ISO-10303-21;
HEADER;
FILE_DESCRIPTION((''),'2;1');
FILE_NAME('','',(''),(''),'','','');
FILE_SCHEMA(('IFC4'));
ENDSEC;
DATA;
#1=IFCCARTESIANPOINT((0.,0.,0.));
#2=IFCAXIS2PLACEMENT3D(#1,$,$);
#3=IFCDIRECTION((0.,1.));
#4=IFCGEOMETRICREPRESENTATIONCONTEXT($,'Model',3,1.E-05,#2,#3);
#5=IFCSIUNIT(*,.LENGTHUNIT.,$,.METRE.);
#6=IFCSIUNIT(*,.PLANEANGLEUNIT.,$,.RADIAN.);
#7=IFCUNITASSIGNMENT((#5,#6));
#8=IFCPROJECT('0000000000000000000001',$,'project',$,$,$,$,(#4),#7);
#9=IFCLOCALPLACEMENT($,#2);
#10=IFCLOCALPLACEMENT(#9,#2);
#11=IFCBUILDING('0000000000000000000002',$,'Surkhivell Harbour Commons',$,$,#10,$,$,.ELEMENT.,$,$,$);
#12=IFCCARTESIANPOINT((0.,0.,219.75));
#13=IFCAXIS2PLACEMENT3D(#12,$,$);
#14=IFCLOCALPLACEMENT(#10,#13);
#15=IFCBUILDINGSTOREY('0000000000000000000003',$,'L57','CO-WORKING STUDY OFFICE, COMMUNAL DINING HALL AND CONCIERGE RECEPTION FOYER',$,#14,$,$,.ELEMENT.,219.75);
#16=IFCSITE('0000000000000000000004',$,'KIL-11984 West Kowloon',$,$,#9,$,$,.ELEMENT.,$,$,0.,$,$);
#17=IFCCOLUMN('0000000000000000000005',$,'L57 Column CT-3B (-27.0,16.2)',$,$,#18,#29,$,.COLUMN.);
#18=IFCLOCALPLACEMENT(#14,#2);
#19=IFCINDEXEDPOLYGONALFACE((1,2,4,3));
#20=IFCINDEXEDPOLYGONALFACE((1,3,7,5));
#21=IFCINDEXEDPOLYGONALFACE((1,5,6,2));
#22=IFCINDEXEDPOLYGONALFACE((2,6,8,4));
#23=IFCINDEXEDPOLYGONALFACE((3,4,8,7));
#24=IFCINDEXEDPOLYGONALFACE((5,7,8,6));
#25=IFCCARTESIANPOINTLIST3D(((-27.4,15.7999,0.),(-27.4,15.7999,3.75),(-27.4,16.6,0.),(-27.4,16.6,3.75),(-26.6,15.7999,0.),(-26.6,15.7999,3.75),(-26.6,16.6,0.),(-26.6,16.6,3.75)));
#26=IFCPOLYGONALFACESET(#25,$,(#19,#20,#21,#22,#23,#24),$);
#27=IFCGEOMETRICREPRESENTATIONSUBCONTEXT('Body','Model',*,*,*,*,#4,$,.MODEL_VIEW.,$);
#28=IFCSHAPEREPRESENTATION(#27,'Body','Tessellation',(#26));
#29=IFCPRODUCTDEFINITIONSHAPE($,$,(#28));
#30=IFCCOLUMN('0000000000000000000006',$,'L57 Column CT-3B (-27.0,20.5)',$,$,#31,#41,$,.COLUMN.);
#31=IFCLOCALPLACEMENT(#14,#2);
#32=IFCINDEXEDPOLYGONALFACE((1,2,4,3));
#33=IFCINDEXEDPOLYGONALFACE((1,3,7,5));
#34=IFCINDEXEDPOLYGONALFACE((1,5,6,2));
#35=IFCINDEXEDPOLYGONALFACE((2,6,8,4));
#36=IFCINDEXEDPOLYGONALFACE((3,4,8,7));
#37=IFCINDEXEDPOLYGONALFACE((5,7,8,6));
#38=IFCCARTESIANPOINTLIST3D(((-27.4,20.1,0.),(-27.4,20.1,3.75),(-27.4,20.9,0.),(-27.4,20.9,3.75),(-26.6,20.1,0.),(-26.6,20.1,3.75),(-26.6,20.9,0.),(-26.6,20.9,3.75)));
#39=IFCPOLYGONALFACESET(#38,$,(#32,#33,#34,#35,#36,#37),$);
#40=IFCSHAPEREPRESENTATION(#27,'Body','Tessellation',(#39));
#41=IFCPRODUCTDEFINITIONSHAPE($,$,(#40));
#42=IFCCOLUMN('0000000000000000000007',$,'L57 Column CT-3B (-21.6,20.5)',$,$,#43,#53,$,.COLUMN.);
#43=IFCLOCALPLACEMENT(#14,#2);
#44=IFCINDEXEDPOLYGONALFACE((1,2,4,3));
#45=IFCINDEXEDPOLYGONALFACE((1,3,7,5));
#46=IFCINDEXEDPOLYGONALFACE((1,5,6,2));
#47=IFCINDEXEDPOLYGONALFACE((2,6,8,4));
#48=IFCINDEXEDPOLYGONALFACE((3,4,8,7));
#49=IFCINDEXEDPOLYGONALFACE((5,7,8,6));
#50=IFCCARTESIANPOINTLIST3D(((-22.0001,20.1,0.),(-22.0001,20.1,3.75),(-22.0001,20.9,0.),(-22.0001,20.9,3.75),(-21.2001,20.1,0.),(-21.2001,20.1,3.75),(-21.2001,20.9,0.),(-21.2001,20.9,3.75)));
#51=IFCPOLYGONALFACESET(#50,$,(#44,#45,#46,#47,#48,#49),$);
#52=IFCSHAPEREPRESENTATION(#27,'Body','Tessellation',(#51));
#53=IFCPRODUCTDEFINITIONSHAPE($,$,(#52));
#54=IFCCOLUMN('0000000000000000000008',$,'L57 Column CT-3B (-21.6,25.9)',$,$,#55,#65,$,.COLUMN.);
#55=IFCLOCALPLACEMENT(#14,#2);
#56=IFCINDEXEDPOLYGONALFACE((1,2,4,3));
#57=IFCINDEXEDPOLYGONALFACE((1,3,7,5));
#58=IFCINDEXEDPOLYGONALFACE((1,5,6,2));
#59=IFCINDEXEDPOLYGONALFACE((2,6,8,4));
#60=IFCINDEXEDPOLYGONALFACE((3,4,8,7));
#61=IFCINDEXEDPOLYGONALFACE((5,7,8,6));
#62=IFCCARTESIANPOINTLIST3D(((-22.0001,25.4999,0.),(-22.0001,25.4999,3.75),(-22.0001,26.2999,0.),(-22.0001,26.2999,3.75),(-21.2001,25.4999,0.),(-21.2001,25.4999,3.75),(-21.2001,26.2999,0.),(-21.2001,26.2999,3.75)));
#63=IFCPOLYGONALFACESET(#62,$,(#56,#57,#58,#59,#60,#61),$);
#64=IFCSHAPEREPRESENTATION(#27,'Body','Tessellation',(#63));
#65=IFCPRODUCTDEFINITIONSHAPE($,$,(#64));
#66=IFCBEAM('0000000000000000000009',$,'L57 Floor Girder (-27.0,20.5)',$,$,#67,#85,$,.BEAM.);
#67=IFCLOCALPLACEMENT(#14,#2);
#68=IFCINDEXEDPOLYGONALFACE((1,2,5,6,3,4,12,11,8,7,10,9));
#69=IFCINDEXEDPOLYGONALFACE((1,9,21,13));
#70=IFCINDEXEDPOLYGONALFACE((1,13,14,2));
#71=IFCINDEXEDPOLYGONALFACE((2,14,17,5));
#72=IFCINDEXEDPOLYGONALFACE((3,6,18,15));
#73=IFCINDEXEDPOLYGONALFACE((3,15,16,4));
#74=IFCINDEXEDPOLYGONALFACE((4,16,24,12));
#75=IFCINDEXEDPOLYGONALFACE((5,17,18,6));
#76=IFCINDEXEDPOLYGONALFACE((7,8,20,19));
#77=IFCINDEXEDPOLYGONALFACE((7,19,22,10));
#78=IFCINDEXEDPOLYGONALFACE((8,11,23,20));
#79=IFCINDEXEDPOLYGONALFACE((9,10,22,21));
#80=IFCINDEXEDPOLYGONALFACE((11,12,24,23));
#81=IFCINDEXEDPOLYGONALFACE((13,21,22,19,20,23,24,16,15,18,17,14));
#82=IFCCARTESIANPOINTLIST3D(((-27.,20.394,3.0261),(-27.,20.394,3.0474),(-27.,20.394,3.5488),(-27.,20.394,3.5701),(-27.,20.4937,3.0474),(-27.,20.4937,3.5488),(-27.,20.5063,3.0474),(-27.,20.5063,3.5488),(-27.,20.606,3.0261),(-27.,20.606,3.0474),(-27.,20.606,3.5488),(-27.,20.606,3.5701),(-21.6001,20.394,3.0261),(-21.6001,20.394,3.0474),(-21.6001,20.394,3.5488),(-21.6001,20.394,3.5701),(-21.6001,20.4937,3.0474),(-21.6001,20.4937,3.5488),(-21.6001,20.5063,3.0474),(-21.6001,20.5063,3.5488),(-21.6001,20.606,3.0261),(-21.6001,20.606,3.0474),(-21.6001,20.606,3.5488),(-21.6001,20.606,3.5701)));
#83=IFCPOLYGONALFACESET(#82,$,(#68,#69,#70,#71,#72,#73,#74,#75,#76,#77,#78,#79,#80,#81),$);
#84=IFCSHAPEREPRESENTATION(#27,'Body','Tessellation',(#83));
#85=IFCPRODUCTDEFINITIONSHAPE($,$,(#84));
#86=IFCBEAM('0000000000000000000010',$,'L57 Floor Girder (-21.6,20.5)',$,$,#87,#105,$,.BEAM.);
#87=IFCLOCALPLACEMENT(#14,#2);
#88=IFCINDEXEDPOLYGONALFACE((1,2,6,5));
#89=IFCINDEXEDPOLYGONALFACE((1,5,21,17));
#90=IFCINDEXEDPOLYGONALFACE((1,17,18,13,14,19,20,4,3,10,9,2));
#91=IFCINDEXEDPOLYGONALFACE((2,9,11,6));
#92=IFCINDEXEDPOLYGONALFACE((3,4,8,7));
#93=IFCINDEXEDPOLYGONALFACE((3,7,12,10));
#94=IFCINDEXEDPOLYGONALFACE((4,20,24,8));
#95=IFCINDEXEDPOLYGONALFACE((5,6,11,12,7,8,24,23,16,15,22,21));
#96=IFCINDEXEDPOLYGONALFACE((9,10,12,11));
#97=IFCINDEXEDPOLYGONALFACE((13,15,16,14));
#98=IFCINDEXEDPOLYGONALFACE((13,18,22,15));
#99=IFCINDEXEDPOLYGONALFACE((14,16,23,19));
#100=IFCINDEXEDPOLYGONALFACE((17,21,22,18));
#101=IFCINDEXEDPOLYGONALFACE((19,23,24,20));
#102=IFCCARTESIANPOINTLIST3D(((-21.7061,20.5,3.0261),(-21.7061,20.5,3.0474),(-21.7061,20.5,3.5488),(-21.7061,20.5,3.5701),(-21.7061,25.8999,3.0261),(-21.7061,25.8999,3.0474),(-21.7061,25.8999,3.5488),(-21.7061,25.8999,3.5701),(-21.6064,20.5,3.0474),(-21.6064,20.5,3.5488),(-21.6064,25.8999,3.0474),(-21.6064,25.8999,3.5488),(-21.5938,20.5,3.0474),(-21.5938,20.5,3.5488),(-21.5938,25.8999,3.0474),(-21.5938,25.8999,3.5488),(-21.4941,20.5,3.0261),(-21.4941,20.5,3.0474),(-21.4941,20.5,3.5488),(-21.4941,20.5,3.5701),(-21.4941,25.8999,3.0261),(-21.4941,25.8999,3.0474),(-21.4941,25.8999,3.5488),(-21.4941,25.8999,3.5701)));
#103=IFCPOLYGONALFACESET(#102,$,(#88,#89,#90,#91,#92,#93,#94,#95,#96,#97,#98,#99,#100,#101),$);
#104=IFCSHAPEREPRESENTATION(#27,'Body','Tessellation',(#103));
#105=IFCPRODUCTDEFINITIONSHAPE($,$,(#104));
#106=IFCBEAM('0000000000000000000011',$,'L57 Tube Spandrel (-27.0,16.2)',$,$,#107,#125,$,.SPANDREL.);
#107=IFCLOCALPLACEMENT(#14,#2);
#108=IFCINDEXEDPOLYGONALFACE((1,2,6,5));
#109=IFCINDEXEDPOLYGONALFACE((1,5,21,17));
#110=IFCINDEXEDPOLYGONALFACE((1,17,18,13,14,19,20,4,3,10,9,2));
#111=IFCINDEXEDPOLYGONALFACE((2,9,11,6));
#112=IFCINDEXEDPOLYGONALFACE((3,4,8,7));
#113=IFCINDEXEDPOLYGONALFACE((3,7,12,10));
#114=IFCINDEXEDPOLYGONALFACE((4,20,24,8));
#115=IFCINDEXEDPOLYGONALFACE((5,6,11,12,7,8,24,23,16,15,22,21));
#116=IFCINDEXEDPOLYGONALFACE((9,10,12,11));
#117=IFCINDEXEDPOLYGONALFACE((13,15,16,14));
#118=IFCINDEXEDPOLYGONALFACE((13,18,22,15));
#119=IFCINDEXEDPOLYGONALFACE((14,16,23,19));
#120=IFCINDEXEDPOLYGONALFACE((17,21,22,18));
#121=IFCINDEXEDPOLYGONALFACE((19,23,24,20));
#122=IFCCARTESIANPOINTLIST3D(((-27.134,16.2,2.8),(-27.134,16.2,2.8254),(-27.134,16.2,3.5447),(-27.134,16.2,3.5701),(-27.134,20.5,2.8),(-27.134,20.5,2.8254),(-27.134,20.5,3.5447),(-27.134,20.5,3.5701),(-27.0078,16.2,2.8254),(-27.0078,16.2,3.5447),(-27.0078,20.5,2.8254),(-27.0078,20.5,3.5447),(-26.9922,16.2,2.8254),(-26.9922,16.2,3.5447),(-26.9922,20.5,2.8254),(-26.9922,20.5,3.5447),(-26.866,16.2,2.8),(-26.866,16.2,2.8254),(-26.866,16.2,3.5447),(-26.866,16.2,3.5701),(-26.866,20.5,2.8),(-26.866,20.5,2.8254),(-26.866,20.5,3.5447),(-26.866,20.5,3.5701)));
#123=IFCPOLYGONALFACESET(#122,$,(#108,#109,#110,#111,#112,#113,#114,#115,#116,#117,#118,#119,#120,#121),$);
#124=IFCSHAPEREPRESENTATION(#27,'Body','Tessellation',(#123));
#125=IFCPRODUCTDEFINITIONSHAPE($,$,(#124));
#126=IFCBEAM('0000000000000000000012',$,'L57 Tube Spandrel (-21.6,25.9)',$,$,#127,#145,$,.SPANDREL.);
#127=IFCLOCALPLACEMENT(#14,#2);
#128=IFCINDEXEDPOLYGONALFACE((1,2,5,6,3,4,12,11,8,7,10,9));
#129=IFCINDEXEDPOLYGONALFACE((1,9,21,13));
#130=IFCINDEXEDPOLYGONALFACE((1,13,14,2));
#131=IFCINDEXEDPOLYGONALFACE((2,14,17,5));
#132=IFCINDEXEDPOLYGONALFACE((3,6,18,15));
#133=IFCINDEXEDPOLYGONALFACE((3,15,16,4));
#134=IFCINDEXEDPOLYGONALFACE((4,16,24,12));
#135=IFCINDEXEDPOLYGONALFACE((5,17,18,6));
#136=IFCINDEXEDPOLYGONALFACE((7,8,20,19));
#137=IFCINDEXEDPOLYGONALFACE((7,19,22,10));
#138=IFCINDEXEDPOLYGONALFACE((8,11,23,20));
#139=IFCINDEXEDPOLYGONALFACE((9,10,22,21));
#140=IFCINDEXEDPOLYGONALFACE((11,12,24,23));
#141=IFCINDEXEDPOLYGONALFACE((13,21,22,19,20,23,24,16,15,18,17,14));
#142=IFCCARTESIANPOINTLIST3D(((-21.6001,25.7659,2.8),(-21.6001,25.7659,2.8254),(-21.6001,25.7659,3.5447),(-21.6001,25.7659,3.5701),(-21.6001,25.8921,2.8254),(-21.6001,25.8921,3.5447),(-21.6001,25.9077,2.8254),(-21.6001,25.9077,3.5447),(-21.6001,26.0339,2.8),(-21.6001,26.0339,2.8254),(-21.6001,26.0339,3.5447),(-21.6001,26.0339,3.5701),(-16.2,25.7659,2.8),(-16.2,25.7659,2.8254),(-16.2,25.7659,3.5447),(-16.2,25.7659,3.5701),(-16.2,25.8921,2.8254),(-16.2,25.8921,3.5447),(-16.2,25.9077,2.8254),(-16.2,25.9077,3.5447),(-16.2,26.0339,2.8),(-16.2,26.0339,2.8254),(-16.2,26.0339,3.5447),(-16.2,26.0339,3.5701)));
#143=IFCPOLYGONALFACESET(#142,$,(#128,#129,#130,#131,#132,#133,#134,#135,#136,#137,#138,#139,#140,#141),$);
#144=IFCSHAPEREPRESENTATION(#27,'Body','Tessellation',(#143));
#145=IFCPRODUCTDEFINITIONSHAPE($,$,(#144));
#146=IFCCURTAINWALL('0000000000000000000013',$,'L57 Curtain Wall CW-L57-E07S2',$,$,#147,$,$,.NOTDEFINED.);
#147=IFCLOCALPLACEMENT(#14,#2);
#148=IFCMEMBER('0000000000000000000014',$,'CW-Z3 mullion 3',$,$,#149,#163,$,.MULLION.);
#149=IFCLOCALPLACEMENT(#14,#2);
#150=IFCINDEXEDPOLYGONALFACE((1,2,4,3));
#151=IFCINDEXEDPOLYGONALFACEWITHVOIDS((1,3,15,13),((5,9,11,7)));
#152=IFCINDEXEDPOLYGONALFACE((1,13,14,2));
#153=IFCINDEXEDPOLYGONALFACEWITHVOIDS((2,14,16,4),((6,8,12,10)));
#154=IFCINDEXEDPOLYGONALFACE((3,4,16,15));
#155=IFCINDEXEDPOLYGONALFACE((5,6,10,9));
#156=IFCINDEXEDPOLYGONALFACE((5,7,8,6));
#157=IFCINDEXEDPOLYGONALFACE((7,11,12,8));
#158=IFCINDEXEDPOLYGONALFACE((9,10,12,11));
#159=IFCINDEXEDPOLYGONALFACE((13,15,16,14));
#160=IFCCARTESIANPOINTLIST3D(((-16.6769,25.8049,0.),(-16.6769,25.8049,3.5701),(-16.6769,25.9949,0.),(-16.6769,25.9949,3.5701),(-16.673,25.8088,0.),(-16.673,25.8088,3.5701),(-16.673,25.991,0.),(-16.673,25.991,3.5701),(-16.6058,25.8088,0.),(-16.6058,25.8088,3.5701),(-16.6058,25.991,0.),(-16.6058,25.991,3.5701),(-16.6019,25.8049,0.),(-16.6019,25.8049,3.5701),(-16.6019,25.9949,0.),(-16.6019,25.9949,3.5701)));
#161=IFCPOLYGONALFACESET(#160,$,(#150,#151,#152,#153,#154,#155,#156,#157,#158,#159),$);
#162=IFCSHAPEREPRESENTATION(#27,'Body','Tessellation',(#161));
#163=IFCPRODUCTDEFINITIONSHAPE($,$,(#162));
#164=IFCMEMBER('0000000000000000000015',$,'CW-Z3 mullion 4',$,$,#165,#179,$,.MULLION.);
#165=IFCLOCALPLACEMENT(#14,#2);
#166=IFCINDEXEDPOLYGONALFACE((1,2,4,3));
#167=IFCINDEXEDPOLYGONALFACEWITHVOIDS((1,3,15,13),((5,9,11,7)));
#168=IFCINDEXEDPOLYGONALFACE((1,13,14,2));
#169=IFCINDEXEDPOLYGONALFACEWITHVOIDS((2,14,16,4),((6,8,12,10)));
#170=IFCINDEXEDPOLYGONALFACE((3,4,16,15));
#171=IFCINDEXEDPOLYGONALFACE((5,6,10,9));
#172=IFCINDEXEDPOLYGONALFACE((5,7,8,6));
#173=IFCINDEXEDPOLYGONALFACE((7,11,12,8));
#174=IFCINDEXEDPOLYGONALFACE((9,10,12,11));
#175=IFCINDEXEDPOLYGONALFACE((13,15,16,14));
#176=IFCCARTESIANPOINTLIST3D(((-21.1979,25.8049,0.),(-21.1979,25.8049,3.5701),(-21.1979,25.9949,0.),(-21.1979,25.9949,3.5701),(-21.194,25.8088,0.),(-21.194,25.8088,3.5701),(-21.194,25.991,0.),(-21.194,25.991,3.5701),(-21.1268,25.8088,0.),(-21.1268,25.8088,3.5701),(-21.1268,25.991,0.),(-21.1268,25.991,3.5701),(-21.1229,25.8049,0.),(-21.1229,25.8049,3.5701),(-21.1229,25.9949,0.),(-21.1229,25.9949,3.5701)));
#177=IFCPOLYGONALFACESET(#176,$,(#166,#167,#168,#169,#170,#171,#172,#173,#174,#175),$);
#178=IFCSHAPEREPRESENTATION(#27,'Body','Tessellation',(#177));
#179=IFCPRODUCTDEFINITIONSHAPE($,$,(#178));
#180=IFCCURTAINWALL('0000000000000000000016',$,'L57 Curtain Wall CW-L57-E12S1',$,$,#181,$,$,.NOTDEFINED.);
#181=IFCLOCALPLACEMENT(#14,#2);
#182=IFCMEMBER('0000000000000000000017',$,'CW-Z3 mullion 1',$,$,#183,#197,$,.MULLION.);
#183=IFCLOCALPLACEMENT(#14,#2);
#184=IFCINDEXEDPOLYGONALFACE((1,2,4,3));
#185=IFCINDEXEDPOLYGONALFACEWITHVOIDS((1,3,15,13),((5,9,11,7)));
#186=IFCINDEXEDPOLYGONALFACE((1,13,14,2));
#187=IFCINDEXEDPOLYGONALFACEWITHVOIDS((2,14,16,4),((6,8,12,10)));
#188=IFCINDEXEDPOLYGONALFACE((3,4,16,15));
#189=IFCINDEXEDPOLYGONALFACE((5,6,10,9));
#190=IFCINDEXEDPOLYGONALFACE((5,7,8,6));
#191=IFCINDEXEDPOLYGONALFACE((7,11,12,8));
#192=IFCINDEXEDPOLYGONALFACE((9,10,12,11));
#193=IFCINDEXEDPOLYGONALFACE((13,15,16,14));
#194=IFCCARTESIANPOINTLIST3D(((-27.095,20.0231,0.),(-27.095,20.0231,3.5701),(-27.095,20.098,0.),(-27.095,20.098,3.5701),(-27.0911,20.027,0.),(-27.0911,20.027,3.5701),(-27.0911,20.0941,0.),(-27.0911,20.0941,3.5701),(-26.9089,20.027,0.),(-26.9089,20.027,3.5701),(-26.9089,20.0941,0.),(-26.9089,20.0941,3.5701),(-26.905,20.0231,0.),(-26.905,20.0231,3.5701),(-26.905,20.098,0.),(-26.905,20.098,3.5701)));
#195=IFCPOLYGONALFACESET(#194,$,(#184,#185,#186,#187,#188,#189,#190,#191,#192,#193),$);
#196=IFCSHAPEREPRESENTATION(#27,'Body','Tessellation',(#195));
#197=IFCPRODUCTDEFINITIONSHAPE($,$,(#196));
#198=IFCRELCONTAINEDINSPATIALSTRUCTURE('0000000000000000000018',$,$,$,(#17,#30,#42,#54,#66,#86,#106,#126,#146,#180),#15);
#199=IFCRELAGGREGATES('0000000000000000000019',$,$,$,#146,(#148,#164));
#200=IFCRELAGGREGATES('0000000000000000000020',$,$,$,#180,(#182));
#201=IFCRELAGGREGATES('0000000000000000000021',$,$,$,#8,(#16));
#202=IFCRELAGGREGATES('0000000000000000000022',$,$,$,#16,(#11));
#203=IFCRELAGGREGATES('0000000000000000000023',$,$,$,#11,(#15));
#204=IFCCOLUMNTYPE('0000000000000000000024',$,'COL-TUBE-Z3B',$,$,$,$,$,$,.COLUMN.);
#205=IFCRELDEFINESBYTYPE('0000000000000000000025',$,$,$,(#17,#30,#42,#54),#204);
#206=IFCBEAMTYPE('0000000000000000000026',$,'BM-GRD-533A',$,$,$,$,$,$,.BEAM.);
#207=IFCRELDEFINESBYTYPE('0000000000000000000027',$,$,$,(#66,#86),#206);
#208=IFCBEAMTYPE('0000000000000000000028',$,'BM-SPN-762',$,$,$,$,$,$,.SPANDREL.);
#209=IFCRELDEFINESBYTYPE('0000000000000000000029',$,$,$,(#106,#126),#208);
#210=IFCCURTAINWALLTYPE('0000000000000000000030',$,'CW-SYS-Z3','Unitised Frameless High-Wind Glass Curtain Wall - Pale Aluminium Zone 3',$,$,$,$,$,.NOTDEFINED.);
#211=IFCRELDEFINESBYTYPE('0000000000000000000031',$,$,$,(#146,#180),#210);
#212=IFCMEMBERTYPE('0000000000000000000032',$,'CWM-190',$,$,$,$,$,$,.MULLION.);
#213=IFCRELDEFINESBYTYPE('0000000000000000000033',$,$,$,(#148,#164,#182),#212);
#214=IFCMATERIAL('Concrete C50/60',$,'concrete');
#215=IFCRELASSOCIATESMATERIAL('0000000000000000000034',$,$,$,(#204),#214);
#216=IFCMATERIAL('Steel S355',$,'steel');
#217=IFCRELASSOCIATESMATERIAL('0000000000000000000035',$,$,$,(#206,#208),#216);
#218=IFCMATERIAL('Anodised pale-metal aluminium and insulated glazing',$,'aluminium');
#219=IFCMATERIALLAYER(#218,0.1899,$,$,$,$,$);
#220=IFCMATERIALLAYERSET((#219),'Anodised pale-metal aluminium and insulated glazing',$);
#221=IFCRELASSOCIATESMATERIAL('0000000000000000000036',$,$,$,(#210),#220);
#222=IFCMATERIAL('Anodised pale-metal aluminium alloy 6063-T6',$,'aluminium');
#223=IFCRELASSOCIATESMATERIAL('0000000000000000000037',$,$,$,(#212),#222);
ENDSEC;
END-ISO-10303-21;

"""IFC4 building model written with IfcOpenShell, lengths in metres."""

from ifc_helpers import new_model, si_unit, direction, frame, origin, origin_2d, place, context, subcontext, project, spatial, rectangle, hollow_rectangle, i_section, extrude, material, layer, layer_set, material_profile, profile_set, type_object, element, aggregate, save


model = new_model("IFC4")

# Units and contexts
model_context = context("Model", 3, precision=1e-05, world=origin(), true_north=direction((0.0, 1.0)))
body_context = subcontext(model_context, "Body", "Model", "MODEL_VIEW")
ifc_project = project(units=[si_unit("LENGTHUNIT", "METRE"), si_unit("PLANEANGLEUNIT", "RADIAN")], contexts=[model_context])

# Site, building, storey
site_placement = place(None, origin())
site = spatial("IfcSite", under=ifc_project, at=site_placement, Name="KIL-11984 West Kowloon", CompositionType="ELEMENT", RefElevation=0.0)
building_placement = place(site_placement, origin())
building = spatial("IfcBuilding", under=site, at=building_placement, Name="Surkhivell Harbour Commons", CompositionType="ELEMENT")
storey_placement = place(building_placement, frame((0.0, 0.0, 219.75)))
storey = spatial("IfcBuildingStorey", under=building, at=storey_placement, Name="L57", Description="CO-WORKING STUDY OFFICE, COMMUNAL DINING HALL AND CONCIERGE RECEPTION FOYER", CompositionType="ELEMENT", Elevation=219.75)

# Columns
ifc_material_1 = material(Name="Concrete C50/60", Category="concrete")
ifc_material_profile_1 = material_profile(ifc_material_1, rectangle(XDim=0.8, YDim=0.8, at=origin_2d()), Name="RC-COL-800x800")
ifc_profile_set_1 = profile_set([ifc_material_profile_1], Name="Concrete C50/60")
column_type = type_object("IfcColumnType", Name="COL-TUBE-Z3B", PredefinedType="COLUMN", material=ifc_profile_set_1)
for number, where, z_axis, x_axis, name in (
    (1, (-27.0, 16.2, 0.0), (0.0, 0.0, 1.0), (1.0, 0.0, 0.0), "L57 Column CT-3B (-27.0,16.2)"),
    (2, (-27.0, 20.5, 0.0), (0.0, 0.0, 1.0), (1.0, 0.0, 0.0), "L57 Column CT-3B (-27.0,20.5)"),
    (3, (-21.6001, 20.5, 0.0), (0.0, 0.0, 1.0), (1.0, 0.0, 0.0), "L57 Column CT-3B (-21.6,20.5)"),
    (4, (-21.6001, 25.8999, 0.0), (0.0, 0.0, 1.0), (1.0, 0.0, 0.0), "L57 Column CT-3B (-21.6,25.9)"),
):
    element("IfcColumn", number, at=place(storey_placement, frame(where, z_axis=z_axis, x_axis=x_axis)), inside=storey, type_object=column_type, Name=name, PredefinedType="COLUMN", context=body_context, shape_type="SweptSolid", body=[
        extrude(rectangle(XDim=0.8, YDim=0.8, at=origin_2d()), origin(), (0.0, 0.0, 1.0), 3.75),
    ])

# Beams
ifc_material_2 = material(Name="Steel S355", Category="steel")
ifc_material_profile_2 = material_profile(ifc_material_2, i_section(OverallWidth=0.2119, OverallDepth=0.5439, WebThickness=0.0127, FlangeThickness=0.0212, at=origin_2d()), Name="UB533x210x122")
ifc_profile_set_2 = profile_set([ifc_material_profile_2], Name="Steel S355")
beam_type_1 = type_object("IfcBeamType", Name="BM-GRD-533A", PredefinedType="BEAM", material=ifc_profile_set_2)
for number, where, z_axis, x_axis, name in (
    (5, (-27.0, 20.5, 3.2981), (1.0, 0.0, 0.0), (0.0, 1.0, 0.0), "L57 Floor Girder (-27.0,20.5)"),
    (6, (-21.6001, 20.5, 3.2981), (0.0, 1.0, 0.0), (-1.0, 0.0, 0.0), "L57 Floor Girder (-21.6,20.5)"),
):
    element("IfcBeam", number, at=place(storey_placement, frame(where, z_axis=z_axis, x_axis=x_axis)), inside=storey, type_object=beam_type_1, Name=name, PredefinedType="BEAM", context=body_context, shape_type="SweptSolid", body=[
        extrude(i_section(OverallWidth=0.2119, OverallDepth=0.5439, WebThickness=0.0127, FlangeThickness=0.0212, at=origin_2d()), origin(), (0.0, 0.0, 1.0), 5.3999),
    ])
ifc_material_profile_3 = material_profile(ifc_material_2, i_section(OverallWidth=0.2681, OverallDepth=0.77, WebThickness=0.0156, FlangeThickness=0.0254, at=origin_2d()), Name="UB762x267x197")
ifc_profile_set_3 = profile_set([ifc_material_profile_3], Name="Steel S355")
beam_type_2 = type_object("IfcBeamType", Name="BM-SPN-762", PredefinedType="SPANDREL", material=ifc_profile_set_3)
beam_1_placement = place(storey_placement, frame((-27.0, 16.2, 3.1851), z_axis=(0.0, 1.0, 0.0), x_axis=(-1.0, 0.0, 0.0)))
element("IfcBeam", 7, at=beam_1_placement, inside=storey, type_object=beam_type_2, Name="L57 Tube Spandrel (-27.0,16.2)", PredefinedType="SPANDREL", context=body_context, shape_type="SweptSolid", body=[
    extrude(i_section(OverallWidth=0.2681, OverallDepth=0.77, WebThickness=0.0156, FlangeThickness=0.0254, at=origin_2d()), origin(), (0.0, 0.0, 1.0), 4.3),
])
beam_2_placement = place(storey_placement, frame((-21.6001, 25.8999, 3.1851), z_axis=(1.0, 0.0, 0.0), x_axis=(0.0, 1.0, 0.0)))
element("IfcBeam", 8, at=beam_2_placement, inside=storey, type_object=beam_type_2, Name="L57 Tube Spandrel (-21.6,25.9)", PredefinedType="SPANDREL", context=body_context, shape_type="SweptSolid", body=[
    extrude(i_section(OverallWidth=0.2681, OverallDepth=0.77, WebThickness=0.0156, FlangeThickness=0.0254, at=origin_2d()), origin(), (0.0, 0.0, 1.0), 5.4001),
])

# Curtain walls, members
ifc_material_3 = material(Name="Anodised pale-metal aluminium and insulated glazing", Category="aluminium")
ifc_layer_1 = layer(ifc_material_3, 0.1899)
ifc_layer_set_1 = layer_set([ifc_layer_1], Name="Anodised pale-metal aluminium and insulated glazing")
curtain_wall_type = type_object("IfcCurtainWallType", Name="CW-SYS-Z3", Description="Unitised Frameless High-Wind Glass Curtain Wall - Pale Aluminium Zone 3", PredefinedType="NOTDEFINED", material=ifc_layer_set_1)
curtain_wall_1_placement = place(storey_placement, origin())
curtain_wall_1 = element("IfcCurtainWall", 9, at=curtain_wall_1_placement, inside=storey, type_object=curtain_wall_type, Name="L57 Curtain Wall CW-L57-E07S2", PredefinedType="NOTDEFINED")
ifc_material_4 = material(Name="Anodised pale-metal aluminium alloy 6063-T6", Category="aluminium")
ifc_material_profile_4 = material_profile(ifc_material_4, hollow_rectangle(XDim=0.075, YDim=0.1899, WallThickness=0.0039, at=origin_2d()), Name="ALU-MULL-75x190")
ifc_profile_set_4 = profile_set([ifc_material_profile_4], Name="Anodised pale-metal aluminium alloy 6063-T6")
member_type_1 = type_object("IfcMemberType", Name="CWM-190", PredefinedType="MULLION", material=ifc_profile_set_4)
member_1_placement = place(storey_placement, frame((-16.6394, 25.8999, 0.0), z_axis=(0.0, 0.0, 1.0), x_axis=(-1.0, 0.0, 0.0)))
member_1 = element("IfcMember", 10, at=member_1_placement, type_object=member_type_1, Name="CW-Z3 mullion 3", PredefinedType="MULLION", context=body_context, shape_type="SweptSolid", body=[
    extrude(hollow_rectangle(XDim=0.075, YDim=0.1899, WallThickness=0.0039, at=origin_2d()), origin(), (0.0, 0.0, 1.0), 3.5701),
])
member_2_placement = place(storey_placement, frame((-21.1604, 25.8999, 0.0), z_axis=(0.0, 0.0, 1.0), x_axis=(-1.0, 0.0, 0.0)))
member_2 = element("IfcMember", 11, at=member_2_placement, type_object=member_type_1, Name="CW-Z3 mullion 4", PredefinedType="MULLION", context=body_context, shape_type="SweptSolid", body=[
    extrude(hollow_rectangle(XDim=0.075, YDim=0.1899, WallThickness=0.0039, at=origin_2d()), origin(), (0.0, 0.0, 1.0), 3.5701),
])
curtain_wall_2_placement = place(storey_placement, origin())
curtain_wall_2 = element("IfcCurtainWall", 12, at=curtain_wall_2_placement, inside=storey, type_object=curtain_wall_type, Name="L57 Curtain Wall CW-L57-E12S1", PredefinedType="NOTDEFINED")
member_3_placement = place(storey_placement, frame((-27.0, 20.0605, 0.0), z_axis=(0.0, 0.0, 1.0), x_axis=(0.0, -1.0, 0.0)))
member_3 = element("IfcMember", 13, at=member_3_placement, type_object=member_type_1, Name="CW-Z3 mullion 1", PredefinedType="MULLION", context=body_context, shape_type="SweptSolid", body=[
    extrude(hollow_rectangle(XDim=0.075, YDim=0.1899, WallThickness=0.0039, at=origin_2d()), origin(), (0.0, 0.0, 1.0), 3.5701),
])

aggregate(curtain_wall_1, [member_1, member_2])
aggregate(curtain_wall_2, [member_3])

save(model, "model.ifc")
